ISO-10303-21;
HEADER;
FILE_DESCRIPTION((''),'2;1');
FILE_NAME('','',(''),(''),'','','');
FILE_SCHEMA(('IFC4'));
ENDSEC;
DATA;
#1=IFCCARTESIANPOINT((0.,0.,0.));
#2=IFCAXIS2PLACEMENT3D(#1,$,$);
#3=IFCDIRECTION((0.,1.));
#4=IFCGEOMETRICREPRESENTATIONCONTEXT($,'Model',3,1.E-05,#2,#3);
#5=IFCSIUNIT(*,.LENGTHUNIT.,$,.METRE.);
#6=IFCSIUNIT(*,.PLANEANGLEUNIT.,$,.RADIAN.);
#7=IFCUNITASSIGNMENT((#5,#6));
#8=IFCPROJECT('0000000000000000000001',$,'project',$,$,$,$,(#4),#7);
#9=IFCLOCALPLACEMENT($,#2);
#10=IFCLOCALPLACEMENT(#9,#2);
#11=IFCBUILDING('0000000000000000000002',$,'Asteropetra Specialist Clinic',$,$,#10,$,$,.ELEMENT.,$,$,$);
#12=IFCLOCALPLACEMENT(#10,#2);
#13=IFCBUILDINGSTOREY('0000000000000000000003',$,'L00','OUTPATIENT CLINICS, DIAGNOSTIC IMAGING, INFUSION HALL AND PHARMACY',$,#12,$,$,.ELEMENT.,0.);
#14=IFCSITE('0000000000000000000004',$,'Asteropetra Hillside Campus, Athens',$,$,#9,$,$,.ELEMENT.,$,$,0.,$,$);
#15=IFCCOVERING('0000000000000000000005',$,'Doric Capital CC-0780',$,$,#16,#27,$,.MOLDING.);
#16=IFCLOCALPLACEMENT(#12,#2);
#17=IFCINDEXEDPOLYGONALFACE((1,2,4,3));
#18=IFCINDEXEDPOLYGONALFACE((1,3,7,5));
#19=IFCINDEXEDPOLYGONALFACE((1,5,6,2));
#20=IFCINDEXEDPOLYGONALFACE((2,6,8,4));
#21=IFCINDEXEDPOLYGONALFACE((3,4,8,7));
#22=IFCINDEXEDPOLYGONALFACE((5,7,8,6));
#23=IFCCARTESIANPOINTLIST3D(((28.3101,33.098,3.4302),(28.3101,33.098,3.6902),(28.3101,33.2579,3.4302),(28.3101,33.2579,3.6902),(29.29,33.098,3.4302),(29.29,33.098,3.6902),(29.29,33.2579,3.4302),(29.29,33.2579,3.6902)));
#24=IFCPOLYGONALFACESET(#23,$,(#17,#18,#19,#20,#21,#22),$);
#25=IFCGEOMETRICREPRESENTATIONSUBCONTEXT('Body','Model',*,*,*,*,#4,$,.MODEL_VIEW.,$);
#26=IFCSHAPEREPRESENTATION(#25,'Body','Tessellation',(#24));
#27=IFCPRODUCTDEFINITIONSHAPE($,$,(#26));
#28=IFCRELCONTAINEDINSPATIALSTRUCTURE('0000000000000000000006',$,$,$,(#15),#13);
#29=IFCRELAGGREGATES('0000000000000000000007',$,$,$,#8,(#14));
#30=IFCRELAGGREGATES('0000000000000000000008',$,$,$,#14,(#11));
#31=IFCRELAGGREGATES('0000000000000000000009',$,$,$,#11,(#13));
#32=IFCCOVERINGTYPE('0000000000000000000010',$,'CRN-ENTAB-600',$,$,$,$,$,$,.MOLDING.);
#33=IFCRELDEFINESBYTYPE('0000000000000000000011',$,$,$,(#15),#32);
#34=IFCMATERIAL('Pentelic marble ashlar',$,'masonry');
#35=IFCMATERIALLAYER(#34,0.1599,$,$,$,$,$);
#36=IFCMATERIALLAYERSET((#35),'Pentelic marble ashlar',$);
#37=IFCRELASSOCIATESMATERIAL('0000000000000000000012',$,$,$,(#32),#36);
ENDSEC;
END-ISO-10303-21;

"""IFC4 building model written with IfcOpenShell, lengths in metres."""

from ifc_helpers import new_model, si_unit, direction, frame, origin, origin_2d, place, context, subcontext, project, spatial, rectangle, extrude, material, layer, layer_set, type_object, element, save


model = new_model("IFC4")

# Units and contexts
model_context = context("Model", 3, precision=1e-05, world=origin(), true_north=direction((0.0, 1.0)))
body_context = subcontext(model_context, "Body", "Model", "MODEL_VIEW")
ifc_project = project(units=[si_unit("LENGTHUNIT", "METRE"), si_unit("PLANEANGLEUNIT", "RADIAN")], contexts=[model_context])

# Site, building, storey
site_placement = place(None, origin())
site = spatial("IfcSite", under=ifc_project, at=site_placement, Name="Asteropetra Hillside Campus, Athens", CompositionType="ELEMENT", RefElevation=0.0)
building_placement = place(site_placement, origin())
building = spatial("IfcBuilding", under=site, at=building_placement, Name="Asteropetra Specialist Clinic", CompositionType="ELEMENT")
storey_placement = place(building_placement, origin())
storey = spatial("IfcBuildingStorey", under=building, at=storey_placement, Name="L00", Description="OUTPATIENT CLINICS, DIAGNOSTIC IMAGING, INFUSION HALL AND PHARMACY", CompositionType="ELEMENT", Elevation=0.0)

# Covering
ifc_material_1 = material(Name="Pentelic marble ashlar", Category="masonry")
ifc_layer_1 = layer(ifc_material_1, 0.1599)
ifc_layer_set_1 = layer_set([ifc_layer_1], Name="Pentelic marble ashlar")
covering_type = type_object("IfcCoveringType", Name="CRN-ENTAB-600", PredefinedType="MOLDING", material=ifc_layer_set_1)
for number, where, z_axis, x_axis, name in (
    (1, (28.8, 33.178, 3.4302), (0.0, 0.0, 1.0), (1.0, 0.0, 0.0), "Doric Capital CC-0780"),
):
    element("IfcCovering", number, at=place(storey_placement, frame(where, z_axis=z_axis, x_axis=x_axis)), inside=storey, type_object=covering_type, Name=name, PredefinedType="MOLDING", context=body_context, shape_type="SweptSolid", body=[
        extrude(rectangle(XDim=0.98, YDim=0.1599, at=origin_2d()), origin(), (0.0, 0.0, 1.0), 0.26),
    ])

save(model, "model.ifc")
